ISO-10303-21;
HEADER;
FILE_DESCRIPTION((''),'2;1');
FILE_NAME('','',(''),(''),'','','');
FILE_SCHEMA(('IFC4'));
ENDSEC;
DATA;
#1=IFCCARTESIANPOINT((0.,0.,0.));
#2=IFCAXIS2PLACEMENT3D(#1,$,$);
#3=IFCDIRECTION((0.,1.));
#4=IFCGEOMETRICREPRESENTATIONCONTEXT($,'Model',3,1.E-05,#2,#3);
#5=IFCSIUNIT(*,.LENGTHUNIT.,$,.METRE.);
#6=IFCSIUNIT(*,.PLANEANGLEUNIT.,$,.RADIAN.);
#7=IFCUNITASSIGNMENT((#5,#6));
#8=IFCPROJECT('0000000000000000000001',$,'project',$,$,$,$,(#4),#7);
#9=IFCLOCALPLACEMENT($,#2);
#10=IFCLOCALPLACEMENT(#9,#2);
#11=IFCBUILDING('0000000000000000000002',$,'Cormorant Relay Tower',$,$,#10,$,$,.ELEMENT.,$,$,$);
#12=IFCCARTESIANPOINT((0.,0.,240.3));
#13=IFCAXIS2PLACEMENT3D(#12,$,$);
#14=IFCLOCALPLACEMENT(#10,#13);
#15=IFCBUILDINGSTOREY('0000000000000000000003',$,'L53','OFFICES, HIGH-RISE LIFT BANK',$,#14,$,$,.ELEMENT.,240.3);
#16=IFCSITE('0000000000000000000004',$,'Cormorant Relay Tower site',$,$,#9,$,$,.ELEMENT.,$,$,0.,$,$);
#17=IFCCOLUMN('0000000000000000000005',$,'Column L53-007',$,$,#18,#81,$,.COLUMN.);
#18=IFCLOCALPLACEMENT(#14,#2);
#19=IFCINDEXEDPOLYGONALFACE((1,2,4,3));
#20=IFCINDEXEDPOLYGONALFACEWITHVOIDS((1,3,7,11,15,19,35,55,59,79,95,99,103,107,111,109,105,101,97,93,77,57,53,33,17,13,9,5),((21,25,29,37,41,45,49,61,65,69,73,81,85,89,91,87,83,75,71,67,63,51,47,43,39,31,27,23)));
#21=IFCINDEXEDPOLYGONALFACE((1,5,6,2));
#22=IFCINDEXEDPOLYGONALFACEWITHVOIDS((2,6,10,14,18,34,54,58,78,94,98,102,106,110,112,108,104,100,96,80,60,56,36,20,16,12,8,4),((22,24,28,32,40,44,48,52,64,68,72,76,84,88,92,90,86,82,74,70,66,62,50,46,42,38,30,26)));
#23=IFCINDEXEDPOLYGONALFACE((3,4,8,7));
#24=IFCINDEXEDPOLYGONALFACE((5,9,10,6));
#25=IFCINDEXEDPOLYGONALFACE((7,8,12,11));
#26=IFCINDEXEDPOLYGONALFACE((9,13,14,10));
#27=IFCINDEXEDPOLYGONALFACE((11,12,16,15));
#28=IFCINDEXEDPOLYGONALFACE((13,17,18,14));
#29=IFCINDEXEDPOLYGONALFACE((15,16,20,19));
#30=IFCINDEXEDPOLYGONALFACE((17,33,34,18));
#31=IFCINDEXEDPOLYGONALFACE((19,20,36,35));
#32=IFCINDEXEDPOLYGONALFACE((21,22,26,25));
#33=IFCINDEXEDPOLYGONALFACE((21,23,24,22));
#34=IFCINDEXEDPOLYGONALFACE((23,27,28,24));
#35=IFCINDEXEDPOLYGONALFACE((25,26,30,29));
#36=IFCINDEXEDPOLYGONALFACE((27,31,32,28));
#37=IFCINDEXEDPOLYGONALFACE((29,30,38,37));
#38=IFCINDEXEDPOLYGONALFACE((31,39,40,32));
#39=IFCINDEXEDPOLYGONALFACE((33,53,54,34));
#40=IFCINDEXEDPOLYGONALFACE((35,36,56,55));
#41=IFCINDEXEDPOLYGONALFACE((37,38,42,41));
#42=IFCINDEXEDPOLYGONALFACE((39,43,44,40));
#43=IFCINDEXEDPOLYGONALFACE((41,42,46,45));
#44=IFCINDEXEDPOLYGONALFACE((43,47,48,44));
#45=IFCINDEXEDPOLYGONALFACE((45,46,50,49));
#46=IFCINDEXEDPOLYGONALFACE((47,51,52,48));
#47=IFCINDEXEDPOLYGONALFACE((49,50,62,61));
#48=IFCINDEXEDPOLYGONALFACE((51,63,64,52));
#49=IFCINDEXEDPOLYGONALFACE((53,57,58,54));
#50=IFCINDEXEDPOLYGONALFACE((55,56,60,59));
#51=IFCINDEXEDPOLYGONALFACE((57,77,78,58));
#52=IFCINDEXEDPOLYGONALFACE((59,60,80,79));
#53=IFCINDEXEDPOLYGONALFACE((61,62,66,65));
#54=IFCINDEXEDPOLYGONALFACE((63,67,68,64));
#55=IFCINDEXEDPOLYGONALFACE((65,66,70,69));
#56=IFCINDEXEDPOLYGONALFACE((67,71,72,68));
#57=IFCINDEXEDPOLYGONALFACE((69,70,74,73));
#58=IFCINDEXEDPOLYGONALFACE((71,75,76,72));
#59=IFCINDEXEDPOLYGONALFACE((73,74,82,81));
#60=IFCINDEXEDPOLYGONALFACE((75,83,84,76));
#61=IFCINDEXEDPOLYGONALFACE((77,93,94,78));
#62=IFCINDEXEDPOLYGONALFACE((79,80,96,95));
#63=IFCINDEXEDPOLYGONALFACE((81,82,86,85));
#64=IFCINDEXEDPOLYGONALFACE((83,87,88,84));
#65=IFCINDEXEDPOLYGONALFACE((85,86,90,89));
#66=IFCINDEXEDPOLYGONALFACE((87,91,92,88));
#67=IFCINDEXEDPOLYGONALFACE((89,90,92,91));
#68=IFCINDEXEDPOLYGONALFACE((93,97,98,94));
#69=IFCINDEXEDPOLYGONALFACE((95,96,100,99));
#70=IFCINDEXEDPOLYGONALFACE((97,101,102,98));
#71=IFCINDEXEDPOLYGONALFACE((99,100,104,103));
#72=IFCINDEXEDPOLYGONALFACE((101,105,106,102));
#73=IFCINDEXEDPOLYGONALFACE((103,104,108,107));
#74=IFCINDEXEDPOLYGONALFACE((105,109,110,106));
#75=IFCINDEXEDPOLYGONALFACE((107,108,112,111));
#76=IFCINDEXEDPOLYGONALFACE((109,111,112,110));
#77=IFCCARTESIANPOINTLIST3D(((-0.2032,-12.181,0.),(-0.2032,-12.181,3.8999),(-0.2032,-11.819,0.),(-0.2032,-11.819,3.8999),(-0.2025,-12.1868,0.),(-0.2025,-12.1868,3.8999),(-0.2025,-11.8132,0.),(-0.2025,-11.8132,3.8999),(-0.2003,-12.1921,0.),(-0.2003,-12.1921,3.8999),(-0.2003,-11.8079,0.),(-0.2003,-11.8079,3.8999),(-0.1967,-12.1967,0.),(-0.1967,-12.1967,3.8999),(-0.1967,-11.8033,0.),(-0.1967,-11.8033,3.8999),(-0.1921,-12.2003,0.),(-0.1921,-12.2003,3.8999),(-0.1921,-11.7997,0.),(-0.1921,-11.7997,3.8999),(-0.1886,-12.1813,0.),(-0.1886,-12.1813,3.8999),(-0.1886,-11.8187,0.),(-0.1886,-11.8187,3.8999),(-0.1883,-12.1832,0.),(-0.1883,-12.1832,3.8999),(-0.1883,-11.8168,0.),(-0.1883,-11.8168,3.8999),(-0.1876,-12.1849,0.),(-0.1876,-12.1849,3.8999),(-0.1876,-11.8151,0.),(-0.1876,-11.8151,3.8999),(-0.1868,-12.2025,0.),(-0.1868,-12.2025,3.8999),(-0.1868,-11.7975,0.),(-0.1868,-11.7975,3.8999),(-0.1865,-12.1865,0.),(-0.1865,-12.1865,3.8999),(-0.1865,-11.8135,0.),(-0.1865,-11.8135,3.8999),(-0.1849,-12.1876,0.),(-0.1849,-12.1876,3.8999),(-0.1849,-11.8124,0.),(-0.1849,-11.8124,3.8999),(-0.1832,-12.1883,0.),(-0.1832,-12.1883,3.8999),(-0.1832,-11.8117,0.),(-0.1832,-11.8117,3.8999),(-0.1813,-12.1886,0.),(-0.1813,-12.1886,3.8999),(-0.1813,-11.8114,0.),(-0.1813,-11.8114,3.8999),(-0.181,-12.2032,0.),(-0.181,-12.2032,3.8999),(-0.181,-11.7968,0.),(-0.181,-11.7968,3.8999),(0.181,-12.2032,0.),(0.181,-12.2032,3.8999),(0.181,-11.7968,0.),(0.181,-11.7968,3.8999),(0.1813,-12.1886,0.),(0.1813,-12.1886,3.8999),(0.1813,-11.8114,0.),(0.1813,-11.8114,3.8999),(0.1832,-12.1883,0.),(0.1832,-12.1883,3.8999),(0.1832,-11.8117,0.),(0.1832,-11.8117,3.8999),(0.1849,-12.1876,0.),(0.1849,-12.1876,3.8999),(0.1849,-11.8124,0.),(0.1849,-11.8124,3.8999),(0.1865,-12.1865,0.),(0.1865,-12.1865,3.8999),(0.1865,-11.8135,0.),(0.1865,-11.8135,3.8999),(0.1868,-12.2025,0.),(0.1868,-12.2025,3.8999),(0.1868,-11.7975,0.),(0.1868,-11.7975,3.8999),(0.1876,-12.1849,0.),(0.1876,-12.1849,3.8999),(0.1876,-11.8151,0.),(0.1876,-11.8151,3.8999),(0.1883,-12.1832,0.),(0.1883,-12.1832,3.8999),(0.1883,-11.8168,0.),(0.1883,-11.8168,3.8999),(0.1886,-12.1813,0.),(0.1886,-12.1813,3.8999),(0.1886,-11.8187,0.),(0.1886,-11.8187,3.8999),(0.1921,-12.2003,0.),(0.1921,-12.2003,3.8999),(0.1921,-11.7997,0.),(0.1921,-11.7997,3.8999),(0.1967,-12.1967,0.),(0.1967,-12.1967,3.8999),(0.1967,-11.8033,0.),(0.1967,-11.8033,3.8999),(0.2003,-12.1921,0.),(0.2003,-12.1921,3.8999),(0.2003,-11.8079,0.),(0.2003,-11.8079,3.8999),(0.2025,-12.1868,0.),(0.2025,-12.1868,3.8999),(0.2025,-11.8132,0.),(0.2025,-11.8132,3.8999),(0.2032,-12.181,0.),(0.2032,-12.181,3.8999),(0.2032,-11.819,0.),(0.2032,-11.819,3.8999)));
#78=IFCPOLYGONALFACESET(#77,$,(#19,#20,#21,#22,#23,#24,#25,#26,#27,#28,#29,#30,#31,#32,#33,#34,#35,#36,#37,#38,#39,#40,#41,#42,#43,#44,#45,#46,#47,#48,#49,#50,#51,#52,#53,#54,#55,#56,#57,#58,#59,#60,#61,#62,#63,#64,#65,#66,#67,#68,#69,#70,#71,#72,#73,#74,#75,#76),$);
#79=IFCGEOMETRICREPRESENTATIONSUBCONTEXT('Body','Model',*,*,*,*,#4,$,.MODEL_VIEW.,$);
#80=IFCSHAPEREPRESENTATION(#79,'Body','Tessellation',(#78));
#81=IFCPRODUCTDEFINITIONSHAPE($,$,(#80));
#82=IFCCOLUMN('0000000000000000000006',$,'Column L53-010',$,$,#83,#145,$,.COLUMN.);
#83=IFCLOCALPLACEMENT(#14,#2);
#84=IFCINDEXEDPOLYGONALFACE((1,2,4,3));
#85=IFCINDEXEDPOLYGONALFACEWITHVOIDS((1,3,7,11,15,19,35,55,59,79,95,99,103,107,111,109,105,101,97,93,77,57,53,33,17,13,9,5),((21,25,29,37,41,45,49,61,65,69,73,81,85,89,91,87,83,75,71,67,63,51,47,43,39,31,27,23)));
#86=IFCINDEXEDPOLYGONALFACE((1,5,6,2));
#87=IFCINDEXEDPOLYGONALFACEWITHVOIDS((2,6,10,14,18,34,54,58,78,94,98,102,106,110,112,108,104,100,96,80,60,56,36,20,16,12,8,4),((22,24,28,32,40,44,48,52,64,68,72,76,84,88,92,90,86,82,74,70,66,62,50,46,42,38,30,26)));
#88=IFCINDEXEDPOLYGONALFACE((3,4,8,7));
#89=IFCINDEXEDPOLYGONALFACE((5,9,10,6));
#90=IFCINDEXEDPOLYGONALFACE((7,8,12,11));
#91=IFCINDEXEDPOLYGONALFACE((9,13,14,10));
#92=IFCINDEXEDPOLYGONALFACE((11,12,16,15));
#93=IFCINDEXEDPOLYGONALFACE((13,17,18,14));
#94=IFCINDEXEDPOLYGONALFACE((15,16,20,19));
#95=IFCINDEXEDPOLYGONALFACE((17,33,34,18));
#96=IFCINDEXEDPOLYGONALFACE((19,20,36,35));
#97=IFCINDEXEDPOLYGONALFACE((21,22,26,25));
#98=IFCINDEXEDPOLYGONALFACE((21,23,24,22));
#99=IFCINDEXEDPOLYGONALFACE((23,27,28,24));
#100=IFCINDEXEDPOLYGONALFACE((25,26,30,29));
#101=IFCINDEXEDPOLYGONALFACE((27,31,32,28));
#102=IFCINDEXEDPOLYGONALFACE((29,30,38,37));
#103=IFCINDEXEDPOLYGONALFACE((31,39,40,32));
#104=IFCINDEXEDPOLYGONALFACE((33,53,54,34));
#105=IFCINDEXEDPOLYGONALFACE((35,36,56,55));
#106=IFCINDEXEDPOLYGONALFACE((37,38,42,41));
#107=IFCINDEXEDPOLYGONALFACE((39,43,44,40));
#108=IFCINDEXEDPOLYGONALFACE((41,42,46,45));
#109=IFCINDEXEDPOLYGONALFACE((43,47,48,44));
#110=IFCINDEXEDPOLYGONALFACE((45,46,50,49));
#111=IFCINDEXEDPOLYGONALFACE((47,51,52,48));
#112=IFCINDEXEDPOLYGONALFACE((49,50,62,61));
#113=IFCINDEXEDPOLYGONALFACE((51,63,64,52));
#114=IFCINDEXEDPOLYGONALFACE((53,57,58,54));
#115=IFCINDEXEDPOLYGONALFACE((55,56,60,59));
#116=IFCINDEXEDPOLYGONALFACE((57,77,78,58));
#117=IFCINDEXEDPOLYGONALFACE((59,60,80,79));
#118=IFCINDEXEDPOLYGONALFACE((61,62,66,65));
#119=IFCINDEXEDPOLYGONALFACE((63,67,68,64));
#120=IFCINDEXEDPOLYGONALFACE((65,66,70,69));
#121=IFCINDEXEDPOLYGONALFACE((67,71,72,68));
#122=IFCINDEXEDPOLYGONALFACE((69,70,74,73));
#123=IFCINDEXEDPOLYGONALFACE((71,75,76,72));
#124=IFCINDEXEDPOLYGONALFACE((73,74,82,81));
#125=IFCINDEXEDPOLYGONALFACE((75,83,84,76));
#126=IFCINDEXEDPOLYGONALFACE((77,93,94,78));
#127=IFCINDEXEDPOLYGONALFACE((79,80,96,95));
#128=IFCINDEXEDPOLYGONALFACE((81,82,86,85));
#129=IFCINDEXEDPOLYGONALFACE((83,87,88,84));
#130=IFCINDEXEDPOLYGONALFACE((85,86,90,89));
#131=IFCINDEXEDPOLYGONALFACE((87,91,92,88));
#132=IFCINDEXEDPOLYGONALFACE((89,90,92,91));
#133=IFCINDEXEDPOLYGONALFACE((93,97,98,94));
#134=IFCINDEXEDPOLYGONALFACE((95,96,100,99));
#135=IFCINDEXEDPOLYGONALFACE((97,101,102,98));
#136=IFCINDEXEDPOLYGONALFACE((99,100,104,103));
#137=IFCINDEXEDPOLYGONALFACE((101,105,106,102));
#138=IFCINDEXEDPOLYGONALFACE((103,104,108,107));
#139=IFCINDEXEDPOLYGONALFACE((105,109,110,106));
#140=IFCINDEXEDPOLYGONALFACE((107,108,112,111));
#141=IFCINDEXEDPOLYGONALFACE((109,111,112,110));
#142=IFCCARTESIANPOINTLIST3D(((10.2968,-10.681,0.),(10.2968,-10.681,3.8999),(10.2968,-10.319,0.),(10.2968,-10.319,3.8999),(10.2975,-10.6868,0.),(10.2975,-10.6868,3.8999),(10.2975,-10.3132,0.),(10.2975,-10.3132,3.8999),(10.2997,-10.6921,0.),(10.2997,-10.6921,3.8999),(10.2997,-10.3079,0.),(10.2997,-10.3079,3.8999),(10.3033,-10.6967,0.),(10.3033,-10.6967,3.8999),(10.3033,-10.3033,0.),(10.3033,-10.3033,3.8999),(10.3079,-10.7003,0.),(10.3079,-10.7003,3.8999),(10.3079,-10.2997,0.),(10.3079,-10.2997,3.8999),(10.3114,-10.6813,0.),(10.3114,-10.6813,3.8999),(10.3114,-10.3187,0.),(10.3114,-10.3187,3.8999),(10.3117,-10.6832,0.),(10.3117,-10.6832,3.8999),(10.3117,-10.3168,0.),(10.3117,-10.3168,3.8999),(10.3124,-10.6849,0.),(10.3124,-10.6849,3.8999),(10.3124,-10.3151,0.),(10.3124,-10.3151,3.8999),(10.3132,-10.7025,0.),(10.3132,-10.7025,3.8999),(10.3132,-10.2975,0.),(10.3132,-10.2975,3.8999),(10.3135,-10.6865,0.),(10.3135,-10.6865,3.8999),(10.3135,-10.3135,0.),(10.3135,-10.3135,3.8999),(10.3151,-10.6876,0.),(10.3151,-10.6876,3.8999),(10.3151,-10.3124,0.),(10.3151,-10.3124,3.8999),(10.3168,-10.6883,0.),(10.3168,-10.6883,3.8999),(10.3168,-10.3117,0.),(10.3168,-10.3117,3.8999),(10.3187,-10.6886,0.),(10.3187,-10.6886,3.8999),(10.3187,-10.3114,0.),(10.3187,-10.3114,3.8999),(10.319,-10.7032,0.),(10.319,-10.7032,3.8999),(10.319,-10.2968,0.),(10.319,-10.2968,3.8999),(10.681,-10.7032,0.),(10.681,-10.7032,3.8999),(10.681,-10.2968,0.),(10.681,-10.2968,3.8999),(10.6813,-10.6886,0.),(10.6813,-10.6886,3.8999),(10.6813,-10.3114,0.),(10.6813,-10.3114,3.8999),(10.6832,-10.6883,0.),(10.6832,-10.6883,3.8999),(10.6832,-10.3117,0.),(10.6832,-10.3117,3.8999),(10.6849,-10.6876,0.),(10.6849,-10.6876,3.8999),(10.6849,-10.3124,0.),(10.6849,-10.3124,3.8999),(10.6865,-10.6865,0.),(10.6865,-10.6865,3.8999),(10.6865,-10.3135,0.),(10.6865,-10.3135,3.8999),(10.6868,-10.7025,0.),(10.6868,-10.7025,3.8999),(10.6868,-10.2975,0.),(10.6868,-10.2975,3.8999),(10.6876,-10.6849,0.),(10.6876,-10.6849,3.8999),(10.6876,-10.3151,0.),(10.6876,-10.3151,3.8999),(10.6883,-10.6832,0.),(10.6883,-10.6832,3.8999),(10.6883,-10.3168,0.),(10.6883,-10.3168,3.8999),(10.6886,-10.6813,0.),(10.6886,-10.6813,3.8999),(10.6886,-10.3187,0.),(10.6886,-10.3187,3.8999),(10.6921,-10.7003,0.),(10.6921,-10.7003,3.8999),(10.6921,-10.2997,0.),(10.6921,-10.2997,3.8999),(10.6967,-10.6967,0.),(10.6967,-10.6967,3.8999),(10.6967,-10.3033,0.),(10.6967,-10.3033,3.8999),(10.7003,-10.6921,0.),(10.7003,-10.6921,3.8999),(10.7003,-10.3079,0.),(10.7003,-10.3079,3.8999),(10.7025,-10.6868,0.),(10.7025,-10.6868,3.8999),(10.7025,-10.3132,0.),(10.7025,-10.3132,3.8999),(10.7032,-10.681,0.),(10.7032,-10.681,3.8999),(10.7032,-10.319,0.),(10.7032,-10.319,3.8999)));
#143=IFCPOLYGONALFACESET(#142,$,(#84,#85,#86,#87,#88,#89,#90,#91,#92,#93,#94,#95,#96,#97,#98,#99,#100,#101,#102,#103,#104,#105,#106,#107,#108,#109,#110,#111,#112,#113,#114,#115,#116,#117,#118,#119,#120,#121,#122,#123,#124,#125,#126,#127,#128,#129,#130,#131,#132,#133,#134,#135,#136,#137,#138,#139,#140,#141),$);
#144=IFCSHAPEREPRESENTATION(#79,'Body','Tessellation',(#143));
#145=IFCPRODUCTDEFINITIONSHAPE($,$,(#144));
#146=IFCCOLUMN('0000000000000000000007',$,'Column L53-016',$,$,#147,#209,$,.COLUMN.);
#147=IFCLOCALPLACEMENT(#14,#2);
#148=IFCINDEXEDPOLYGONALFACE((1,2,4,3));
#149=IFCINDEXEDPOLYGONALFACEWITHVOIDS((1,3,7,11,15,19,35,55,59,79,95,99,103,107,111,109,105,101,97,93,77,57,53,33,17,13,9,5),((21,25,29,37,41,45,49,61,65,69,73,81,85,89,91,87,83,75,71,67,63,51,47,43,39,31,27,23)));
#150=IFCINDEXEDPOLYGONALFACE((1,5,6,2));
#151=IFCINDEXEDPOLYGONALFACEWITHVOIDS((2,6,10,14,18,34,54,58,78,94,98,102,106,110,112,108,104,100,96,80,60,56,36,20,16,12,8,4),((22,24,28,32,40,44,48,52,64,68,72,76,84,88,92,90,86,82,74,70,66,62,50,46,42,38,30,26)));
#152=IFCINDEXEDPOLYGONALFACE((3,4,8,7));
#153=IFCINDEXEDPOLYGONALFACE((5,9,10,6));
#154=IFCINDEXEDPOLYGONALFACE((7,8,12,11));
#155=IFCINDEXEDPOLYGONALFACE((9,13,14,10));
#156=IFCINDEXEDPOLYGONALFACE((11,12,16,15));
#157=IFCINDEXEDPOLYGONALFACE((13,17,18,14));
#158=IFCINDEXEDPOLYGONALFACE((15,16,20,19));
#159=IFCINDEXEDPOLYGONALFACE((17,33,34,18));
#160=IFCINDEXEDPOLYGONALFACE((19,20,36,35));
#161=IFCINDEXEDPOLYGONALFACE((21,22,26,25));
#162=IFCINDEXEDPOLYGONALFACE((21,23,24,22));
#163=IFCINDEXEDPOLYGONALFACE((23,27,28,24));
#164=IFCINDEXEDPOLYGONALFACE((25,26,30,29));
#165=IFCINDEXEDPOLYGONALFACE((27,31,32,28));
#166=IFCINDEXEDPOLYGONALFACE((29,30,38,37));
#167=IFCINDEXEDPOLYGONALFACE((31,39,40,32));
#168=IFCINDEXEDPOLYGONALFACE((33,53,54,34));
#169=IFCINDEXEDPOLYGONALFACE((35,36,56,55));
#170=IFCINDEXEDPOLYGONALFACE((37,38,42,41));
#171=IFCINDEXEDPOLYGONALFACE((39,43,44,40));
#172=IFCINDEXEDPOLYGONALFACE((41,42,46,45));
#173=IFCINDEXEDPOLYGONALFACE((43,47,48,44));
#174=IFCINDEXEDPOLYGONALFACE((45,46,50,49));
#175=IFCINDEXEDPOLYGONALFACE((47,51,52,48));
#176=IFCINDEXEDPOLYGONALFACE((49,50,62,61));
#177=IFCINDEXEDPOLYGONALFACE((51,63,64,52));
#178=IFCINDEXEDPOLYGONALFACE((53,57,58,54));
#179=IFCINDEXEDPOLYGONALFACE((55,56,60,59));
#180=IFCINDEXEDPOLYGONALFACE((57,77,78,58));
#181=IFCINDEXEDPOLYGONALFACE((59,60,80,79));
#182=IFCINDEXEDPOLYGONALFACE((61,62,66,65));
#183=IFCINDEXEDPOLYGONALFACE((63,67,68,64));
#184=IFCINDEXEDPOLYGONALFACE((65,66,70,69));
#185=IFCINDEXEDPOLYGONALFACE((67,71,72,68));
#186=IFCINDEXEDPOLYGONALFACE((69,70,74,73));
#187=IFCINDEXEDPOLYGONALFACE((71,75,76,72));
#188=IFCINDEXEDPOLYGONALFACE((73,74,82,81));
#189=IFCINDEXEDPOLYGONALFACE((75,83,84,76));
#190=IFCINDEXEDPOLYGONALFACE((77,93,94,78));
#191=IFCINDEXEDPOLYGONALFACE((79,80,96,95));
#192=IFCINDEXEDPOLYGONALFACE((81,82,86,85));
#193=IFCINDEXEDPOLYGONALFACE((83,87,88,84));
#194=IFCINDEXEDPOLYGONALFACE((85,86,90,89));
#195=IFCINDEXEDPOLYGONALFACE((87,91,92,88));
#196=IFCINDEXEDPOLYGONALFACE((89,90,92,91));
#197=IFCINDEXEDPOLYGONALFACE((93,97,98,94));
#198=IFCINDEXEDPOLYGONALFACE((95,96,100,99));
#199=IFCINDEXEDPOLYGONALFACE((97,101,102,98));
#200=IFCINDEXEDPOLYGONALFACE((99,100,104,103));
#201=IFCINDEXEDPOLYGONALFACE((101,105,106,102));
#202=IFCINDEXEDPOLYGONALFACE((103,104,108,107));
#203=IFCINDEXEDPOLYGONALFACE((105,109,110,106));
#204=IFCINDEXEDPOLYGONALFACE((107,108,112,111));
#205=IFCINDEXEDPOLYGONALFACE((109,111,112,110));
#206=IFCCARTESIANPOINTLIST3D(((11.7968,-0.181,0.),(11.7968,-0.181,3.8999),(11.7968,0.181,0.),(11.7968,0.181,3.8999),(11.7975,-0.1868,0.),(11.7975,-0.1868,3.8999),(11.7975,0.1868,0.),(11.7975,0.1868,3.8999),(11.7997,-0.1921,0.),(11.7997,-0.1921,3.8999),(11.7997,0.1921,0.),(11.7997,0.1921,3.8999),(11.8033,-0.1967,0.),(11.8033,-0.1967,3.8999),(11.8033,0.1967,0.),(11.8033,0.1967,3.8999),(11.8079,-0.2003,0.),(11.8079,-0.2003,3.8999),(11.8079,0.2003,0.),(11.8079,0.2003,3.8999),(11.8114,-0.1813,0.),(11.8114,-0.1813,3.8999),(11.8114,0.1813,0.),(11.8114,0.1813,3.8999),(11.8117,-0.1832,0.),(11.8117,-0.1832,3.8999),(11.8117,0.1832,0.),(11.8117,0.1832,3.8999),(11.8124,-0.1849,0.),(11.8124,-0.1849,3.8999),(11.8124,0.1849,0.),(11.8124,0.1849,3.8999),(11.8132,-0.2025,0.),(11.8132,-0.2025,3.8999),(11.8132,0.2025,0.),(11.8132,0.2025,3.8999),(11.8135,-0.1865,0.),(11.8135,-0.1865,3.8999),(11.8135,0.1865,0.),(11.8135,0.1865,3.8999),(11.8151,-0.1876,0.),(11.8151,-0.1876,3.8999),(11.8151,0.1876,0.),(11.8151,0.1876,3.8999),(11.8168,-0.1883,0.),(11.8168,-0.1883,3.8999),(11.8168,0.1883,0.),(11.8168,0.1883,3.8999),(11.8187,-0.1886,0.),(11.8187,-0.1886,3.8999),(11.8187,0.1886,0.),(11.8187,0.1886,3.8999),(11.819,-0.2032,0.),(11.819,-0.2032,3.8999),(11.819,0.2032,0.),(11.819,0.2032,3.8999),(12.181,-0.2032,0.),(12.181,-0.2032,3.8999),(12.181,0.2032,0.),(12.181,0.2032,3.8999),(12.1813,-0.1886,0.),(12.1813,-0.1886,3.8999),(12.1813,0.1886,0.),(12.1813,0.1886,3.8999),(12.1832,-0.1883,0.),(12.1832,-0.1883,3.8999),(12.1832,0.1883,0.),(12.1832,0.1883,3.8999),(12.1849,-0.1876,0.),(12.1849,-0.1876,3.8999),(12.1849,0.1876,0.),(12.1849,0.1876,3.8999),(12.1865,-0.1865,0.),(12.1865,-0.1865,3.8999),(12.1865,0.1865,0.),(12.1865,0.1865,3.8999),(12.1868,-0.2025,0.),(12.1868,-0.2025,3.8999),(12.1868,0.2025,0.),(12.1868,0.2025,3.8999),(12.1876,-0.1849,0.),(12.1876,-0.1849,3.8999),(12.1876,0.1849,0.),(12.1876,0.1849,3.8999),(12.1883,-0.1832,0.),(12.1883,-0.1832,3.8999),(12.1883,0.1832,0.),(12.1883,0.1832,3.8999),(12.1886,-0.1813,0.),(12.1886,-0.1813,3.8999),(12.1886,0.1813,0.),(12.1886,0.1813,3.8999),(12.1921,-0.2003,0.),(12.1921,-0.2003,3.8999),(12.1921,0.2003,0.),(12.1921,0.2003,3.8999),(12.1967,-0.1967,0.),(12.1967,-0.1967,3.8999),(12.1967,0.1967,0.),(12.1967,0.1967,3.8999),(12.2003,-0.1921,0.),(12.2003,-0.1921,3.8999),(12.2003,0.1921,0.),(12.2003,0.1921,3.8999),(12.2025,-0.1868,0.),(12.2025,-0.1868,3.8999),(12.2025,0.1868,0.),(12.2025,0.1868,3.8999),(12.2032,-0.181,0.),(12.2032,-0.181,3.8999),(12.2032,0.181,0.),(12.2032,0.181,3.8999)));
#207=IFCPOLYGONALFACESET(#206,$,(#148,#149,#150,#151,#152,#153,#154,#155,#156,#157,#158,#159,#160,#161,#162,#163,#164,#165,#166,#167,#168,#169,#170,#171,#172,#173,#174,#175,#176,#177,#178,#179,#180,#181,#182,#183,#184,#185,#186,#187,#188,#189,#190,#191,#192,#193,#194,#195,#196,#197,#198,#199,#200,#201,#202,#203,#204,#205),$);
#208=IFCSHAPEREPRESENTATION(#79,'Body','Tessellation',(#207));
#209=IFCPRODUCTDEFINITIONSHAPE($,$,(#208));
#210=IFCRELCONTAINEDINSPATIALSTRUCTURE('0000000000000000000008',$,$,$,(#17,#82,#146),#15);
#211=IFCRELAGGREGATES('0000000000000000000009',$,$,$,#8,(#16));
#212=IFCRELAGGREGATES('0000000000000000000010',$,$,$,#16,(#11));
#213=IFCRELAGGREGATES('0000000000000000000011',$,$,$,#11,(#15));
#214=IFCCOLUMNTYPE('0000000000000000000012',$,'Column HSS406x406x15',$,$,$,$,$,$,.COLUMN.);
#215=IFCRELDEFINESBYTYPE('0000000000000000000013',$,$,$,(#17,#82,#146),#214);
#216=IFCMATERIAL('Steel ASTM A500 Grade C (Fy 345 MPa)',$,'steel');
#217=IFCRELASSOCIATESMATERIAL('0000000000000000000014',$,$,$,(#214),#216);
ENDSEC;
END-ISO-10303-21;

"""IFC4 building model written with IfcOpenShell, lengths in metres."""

from ifc_helpers import new_model, si_unit, direction, frame, origin, origin_2d, place, context, subcontext, project, spatial, hollow_rectangle, extrude, material, material_profile, profile_set, type_object, element, save


model = new_model("IFC4")

# Units and contexts
model_context = context("Model", 3, precision=1e-05, world=origin(), true_north=direction((0.0, 1.0)))
body_context = subcontext(model_context, "Body", "Model", "MODEL_VIEW")
ifc_project = project(units=[si_unit("LENGTHUNIT", "METRE"), si_unit("PLANEANGLEUNIT", "RADIAN")], contexts=[model_context])

# Site, building, storey
site_placement = place(None, origin())
site = spatial("IfcSite", under=ifc_project, at=site_placement, Name="Cormorant Relay Tower site", CompositionType="ELEMENT", RefElevation=0.0)
building_placement = place(site_placement, origin())
building = spatial("IfcBuilding", under=site, at=building_placement, Name="Cormorant Relay Tower", CompositionType="ELEMENT")
storey_placement = place(building_placement, frame((0.0, 0.0, 240.3)))
storey = spatial("IfcBuildingStorey", under=building, at=storey_placement, Name="L53", Description="OFFICES, HIGH-RISE LIFT BANK", CompositionType="ELEMENT", Elevation=240.3)

# Columns
ifc_material_1 = material(Name="Steel ASTM A500 Grade C (Fy 345 MPa)", Category="steel")
ifc_material_profile_1 = material_profile(ifc_material_1, hollow_rectangle(XDim=0.4065, YDim=0.4065, WallThickness=0.0146, InnerFilletRadius=0.0073, OuterFilletRadius=0.0222, at=origin_2d()), Name="HSS406x406x15")
ifc_profile_set_1 = profile_set([ifc_material_profile_1], Name="Steel ASTM A500 Grade C (Fy 345 MPa)")
column_type_1 = type_object("IfcColumnType", Name="Column HSS406x406x15", PredefinedType="COLUMN", material=ifc_profile_set_1)
for number, where, z_axis, x_axis, name in (
    (1, (0.0, -12.0, 0.0), (0.0, 0.0, 1.0), (1.0, 0.0, 0.0), "Column L53-007"),
    (2, (10.5, -10.5, 0.0), (0.0, 0.0, 1.0), (1.0, 0.0, 0.0), "Column L53-010"),
    (3, (12.0, 0.0, 0.0), (0.0, 0.0, 1.0), (1.0, 0.0, 0.0), "Column L53-016"),
):
    element("IfcColumn", number, at=place(storey_placement, frame(where, z_axis=z_axis, x_axis=x_axis)), inside=storey, type_object=column_type_1, Name=name, PredefinedType="COLUMN", context=body_context, shape_type="SweptSolid", body=[
        extrude(hollow_rectangle(XDim=0.4065, YDim=0.4065, WallThickness=0.0146, InnerFilletRadius=0.0073, OuterFilletRadius=0.0222, at=origin_2d()), origin(), (0.0, 0.0, 1.0), 3.8999),
    ])

save(model, "model.ifc")
